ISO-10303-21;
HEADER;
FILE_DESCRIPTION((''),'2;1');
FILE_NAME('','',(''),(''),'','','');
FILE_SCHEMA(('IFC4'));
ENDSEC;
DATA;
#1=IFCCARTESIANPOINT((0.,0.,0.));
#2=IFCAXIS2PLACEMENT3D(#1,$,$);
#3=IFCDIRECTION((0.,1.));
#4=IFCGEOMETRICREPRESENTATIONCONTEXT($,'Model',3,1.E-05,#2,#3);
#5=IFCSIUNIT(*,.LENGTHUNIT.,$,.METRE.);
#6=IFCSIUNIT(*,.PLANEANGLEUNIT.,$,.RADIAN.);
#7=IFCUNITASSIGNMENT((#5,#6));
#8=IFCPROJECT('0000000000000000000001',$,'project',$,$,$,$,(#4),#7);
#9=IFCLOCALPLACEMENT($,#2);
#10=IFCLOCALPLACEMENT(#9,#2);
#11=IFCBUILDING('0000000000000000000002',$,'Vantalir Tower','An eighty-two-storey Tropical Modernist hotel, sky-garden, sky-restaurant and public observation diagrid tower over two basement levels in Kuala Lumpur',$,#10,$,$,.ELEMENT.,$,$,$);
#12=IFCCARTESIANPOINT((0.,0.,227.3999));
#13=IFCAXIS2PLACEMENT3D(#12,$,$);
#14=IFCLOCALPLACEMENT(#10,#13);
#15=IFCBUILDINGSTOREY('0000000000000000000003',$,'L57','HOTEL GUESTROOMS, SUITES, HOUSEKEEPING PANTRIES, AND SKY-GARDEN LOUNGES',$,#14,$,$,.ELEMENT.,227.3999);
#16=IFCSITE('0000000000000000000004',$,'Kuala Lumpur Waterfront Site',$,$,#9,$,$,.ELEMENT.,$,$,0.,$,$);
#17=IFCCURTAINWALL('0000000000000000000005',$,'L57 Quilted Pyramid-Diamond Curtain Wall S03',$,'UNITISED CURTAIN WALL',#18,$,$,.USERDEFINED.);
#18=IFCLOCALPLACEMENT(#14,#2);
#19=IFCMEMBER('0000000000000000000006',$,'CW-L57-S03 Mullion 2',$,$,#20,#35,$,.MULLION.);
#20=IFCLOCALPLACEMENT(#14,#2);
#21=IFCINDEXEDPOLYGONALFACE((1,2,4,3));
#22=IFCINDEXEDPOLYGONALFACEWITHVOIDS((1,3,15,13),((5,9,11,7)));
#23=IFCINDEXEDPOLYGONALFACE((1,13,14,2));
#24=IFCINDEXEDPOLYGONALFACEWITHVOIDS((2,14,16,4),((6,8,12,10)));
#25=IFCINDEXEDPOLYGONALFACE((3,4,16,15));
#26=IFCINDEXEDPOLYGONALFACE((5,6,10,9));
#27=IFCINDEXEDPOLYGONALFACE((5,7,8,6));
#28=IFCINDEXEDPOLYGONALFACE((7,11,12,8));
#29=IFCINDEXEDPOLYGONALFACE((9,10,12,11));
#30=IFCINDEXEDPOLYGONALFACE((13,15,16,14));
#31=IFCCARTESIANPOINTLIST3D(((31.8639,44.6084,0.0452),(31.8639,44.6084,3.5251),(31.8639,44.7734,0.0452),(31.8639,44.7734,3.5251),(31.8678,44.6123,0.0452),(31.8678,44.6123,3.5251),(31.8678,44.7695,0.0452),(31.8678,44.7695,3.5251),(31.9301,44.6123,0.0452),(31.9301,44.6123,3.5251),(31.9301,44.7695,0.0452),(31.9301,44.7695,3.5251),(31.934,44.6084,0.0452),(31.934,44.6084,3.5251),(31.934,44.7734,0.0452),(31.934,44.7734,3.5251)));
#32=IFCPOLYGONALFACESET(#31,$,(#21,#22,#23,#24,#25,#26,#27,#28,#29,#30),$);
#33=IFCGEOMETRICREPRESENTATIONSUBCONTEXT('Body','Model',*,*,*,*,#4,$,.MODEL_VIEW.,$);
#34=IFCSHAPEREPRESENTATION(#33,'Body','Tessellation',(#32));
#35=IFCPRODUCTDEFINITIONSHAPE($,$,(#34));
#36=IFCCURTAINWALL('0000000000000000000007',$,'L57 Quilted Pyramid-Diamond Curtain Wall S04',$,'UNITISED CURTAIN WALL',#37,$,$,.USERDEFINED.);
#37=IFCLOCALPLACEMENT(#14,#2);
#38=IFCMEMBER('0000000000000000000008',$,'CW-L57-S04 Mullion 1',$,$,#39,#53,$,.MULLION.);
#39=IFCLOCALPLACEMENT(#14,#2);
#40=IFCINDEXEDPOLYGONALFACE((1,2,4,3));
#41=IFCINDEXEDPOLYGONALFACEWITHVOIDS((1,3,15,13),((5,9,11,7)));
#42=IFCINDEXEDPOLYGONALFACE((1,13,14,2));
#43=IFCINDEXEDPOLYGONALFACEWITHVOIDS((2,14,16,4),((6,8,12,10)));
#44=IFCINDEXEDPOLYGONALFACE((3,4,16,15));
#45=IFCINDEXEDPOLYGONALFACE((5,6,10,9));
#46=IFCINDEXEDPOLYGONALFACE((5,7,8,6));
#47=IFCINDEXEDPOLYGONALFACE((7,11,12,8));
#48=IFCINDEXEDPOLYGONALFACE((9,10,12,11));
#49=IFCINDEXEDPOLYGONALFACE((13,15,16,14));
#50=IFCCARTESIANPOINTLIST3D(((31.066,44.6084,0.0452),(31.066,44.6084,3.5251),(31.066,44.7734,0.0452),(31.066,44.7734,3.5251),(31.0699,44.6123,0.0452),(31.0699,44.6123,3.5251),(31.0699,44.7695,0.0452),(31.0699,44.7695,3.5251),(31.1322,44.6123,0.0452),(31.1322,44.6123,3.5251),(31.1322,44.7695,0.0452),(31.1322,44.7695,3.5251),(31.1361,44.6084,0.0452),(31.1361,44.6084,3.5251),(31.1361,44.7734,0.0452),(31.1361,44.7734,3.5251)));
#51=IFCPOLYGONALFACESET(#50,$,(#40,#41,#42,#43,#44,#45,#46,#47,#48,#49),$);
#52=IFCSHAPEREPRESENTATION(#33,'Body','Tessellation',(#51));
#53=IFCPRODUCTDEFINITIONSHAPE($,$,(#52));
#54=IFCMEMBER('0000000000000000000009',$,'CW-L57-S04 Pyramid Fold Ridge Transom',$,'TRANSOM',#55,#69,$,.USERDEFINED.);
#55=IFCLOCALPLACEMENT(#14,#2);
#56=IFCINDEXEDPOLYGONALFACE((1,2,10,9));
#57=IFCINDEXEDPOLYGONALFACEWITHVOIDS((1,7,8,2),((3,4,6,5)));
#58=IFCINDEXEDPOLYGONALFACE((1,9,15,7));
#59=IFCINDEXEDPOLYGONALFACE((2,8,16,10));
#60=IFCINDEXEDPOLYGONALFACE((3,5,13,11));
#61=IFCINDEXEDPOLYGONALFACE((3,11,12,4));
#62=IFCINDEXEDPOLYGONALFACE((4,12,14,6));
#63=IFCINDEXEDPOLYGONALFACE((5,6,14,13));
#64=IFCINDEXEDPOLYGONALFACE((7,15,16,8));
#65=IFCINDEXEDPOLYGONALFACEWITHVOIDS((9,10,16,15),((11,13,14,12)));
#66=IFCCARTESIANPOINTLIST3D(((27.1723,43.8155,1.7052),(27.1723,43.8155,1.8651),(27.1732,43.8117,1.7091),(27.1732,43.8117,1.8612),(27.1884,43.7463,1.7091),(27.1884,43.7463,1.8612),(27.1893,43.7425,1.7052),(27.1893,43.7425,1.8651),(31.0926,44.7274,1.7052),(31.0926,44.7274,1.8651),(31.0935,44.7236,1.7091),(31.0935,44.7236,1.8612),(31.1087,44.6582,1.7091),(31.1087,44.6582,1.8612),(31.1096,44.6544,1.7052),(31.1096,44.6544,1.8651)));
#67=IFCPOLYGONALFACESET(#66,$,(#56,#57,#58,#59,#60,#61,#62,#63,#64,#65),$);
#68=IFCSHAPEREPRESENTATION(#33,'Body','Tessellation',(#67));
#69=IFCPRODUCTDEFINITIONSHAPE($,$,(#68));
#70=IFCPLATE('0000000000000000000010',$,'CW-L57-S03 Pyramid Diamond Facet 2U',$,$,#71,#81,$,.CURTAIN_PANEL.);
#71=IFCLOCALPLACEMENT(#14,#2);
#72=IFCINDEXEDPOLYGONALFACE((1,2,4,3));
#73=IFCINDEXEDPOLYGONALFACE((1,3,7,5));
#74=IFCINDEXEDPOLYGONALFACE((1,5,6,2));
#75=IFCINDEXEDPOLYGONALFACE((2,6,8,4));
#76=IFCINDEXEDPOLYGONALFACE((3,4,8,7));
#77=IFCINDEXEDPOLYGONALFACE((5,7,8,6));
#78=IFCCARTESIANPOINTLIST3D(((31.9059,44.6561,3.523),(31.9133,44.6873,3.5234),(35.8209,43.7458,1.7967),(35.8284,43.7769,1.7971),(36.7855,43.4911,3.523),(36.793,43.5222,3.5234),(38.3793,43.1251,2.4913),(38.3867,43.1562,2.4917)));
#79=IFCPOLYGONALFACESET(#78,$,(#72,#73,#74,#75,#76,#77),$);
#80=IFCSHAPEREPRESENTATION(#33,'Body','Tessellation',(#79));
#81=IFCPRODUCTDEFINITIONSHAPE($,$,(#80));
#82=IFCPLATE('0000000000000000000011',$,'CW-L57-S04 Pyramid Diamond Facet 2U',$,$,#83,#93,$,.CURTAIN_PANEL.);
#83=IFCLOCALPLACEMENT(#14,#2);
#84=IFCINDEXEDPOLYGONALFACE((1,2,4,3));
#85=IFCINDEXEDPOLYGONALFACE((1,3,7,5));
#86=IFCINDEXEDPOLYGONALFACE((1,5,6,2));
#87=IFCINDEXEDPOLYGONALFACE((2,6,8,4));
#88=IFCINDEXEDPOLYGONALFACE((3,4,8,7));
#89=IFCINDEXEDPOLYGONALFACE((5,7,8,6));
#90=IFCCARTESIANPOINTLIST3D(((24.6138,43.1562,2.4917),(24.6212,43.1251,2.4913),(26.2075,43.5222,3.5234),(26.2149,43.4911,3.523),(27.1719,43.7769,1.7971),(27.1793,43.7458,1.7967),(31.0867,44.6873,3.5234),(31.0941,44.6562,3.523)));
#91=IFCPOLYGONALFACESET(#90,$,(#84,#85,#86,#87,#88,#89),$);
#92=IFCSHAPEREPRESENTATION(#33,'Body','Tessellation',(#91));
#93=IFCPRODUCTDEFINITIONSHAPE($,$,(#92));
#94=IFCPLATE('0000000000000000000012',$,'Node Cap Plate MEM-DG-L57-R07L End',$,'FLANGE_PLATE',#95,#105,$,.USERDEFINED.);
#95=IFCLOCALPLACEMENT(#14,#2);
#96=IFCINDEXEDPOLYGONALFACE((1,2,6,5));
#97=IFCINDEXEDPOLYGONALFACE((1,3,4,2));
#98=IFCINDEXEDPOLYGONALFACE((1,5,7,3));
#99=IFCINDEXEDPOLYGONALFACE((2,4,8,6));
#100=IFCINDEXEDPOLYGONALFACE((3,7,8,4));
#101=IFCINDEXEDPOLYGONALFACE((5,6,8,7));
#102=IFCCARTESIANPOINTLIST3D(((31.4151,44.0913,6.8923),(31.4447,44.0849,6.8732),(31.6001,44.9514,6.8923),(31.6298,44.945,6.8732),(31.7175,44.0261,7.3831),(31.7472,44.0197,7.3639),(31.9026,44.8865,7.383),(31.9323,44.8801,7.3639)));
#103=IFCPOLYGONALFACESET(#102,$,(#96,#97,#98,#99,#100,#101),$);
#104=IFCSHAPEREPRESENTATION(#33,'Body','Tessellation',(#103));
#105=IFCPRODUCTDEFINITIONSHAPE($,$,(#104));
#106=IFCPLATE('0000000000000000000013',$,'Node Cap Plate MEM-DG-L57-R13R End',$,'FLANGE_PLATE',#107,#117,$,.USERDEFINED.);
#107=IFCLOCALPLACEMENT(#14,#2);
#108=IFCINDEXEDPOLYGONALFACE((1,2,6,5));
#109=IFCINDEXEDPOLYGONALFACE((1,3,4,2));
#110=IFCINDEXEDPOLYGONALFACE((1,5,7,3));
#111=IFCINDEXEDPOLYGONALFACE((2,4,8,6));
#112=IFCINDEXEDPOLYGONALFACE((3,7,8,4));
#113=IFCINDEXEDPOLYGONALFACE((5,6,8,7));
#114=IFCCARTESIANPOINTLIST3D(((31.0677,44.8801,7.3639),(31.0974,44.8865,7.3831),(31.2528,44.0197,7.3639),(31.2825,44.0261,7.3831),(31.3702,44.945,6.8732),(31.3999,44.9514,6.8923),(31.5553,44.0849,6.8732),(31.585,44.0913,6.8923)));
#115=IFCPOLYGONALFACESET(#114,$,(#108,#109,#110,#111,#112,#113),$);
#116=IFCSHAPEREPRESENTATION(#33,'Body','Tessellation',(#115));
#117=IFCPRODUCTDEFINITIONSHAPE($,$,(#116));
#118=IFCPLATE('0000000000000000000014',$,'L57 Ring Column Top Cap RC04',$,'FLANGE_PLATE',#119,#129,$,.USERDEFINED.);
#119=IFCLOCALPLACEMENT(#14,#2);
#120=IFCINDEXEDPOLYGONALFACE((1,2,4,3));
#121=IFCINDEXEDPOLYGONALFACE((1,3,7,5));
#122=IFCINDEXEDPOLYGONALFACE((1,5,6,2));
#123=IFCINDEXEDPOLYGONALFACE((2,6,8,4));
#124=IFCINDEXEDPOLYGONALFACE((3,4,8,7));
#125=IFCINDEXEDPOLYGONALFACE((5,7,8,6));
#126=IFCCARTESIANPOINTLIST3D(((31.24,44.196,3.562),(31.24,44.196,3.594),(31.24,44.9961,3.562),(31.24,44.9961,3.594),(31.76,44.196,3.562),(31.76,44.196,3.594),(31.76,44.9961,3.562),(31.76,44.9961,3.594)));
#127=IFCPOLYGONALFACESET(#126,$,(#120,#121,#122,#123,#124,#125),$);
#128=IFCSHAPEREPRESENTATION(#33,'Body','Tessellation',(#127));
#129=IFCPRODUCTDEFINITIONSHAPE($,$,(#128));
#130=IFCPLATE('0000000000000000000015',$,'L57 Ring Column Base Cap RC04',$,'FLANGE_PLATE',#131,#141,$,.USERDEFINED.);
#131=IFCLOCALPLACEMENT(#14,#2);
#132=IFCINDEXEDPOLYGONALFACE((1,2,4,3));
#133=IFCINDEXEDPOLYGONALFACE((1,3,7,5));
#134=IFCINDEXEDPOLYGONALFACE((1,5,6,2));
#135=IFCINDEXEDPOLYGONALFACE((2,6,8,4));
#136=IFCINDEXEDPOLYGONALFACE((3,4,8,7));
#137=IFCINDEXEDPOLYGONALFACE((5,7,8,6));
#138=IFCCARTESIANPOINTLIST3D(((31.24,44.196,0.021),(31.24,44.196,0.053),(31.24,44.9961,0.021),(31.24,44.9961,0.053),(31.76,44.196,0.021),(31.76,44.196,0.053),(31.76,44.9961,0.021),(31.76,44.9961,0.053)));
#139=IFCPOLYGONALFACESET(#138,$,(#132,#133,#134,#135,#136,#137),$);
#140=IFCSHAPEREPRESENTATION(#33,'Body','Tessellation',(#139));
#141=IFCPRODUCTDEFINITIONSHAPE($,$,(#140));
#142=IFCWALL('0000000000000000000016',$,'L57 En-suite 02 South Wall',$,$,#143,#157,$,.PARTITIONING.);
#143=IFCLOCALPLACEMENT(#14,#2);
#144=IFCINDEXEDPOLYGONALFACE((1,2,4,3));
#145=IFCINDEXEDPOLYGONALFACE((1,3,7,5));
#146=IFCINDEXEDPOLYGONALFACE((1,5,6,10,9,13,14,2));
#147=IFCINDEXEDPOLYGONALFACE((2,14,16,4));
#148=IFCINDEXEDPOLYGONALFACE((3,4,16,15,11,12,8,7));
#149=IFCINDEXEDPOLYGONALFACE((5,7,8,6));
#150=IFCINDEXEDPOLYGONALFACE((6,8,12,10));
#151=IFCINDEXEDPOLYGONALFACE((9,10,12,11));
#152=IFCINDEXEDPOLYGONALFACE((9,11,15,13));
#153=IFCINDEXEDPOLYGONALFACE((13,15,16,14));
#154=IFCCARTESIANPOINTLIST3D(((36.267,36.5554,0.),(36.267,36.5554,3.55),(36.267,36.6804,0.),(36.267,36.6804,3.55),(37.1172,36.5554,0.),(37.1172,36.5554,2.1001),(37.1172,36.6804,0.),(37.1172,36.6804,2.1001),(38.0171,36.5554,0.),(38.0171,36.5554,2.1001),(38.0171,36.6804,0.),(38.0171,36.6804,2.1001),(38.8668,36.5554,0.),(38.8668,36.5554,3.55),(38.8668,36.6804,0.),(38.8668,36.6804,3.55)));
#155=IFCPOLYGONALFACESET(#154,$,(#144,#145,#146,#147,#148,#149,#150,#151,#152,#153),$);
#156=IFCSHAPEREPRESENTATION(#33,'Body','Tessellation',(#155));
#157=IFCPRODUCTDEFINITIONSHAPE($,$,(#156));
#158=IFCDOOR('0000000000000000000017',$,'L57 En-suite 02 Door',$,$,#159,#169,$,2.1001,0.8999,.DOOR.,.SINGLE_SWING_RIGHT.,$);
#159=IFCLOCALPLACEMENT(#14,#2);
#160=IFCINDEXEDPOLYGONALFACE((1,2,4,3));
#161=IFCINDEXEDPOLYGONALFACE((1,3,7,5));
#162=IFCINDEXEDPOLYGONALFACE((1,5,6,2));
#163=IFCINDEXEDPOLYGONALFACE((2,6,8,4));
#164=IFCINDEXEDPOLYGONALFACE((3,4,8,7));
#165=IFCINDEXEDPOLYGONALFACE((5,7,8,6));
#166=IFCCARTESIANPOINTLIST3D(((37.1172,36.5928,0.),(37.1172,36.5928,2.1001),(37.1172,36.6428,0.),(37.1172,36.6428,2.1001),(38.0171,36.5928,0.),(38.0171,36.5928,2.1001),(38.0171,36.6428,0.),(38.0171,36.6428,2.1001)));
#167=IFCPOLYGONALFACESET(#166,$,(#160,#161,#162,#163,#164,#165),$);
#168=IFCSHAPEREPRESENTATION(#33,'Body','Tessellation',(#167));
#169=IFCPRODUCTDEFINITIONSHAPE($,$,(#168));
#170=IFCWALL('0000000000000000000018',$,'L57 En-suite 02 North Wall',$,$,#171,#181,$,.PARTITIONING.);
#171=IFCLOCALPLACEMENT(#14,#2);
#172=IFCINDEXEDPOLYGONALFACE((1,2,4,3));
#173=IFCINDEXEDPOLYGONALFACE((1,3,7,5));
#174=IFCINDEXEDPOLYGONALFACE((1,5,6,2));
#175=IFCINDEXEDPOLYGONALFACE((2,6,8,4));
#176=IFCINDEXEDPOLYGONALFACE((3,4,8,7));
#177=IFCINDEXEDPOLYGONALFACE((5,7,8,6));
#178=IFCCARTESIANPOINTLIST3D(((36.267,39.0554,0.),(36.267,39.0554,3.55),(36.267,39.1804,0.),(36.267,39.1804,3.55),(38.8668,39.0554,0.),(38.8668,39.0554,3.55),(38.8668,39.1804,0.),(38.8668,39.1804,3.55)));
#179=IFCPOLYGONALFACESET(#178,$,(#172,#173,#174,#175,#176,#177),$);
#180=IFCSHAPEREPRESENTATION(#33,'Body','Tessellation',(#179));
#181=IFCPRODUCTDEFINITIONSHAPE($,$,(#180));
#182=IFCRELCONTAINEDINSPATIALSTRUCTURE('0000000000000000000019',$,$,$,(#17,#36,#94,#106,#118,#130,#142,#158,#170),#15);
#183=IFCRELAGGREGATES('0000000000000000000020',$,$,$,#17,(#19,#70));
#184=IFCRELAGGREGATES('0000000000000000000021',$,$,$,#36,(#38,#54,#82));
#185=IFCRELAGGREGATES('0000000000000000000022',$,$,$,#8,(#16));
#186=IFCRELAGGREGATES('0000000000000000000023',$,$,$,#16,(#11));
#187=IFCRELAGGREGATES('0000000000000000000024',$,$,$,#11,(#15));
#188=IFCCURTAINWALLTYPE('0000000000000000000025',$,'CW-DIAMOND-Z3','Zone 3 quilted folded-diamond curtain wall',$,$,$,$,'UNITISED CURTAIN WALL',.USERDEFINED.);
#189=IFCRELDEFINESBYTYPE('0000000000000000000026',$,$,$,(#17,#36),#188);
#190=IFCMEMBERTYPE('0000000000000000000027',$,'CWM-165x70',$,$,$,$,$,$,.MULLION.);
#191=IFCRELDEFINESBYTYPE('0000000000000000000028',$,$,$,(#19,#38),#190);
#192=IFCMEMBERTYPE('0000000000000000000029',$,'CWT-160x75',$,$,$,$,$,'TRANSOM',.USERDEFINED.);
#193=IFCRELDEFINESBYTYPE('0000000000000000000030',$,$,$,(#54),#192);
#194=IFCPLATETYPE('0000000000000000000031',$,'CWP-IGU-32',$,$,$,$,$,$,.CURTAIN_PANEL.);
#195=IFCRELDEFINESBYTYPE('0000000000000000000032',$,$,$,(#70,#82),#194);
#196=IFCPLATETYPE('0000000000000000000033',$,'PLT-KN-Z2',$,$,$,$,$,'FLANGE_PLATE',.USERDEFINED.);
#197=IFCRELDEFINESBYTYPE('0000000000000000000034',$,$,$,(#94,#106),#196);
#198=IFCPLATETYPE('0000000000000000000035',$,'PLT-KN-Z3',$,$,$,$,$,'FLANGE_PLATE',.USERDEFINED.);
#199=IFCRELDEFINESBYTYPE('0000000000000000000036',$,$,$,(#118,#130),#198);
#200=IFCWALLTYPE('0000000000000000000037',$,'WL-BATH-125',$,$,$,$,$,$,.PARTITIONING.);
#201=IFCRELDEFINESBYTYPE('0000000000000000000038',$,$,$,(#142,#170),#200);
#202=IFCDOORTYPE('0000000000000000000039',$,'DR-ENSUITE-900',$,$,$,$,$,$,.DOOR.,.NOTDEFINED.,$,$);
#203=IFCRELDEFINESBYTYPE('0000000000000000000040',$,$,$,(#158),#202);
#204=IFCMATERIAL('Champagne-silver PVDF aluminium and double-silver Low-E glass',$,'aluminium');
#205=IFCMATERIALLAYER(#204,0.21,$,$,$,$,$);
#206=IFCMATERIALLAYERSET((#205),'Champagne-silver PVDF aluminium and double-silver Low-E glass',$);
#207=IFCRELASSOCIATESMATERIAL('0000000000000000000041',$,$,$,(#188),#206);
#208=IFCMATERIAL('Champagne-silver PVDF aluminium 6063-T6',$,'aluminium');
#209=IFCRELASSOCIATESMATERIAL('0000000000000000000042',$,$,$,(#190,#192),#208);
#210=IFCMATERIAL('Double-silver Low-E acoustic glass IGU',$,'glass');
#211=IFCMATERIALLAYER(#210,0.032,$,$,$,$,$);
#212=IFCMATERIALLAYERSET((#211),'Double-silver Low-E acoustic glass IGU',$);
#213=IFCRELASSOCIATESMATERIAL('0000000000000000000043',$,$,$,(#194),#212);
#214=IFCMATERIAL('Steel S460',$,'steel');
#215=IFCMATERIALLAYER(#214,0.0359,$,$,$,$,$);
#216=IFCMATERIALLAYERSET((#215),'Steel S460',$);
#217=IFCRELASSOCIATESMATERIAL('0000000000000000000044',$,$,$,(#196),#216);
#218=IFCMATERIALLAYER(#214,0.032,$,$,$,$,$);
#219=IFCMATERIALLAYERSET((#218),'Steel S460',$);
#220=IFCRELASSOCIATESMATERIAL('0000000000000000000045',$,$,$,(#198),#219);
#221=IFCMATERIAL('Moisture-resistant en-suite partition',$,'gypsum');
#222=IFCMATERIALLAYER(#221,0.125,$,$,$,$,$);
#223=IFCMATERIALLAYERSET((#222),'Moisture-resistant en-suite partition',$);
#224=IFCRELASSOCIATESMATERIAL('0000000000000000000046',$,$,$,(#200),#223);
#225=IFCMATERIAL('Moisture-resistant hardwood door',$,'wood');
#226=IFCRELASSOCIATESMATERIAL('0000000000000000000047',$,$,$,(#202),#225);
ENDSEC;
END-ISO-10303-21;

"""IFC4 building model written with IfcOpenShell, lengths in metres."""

from ifc_helpers import new_model, si_unit, direction, frame, frame_2d, origin, origin_2d, place, context, subcontext, project, spatial, polyline, rectangle, hollow_rectangle, outline, extrude, material, layer, layer_set, material_profile, profile_set, type_object, element, fill, aggregate, save


model = new_model("IFC4")

# Units and contexts
model_context = context("Model", 3, precision=1e-05, world=origin(), true_north=direction((0.0, 1.0)))
body_context = subcontext(model_context, "Body", "Model", "MODEL_VIEW")
ifc_project = project(units=[si_unit("LENGTHUNIT", "METRE"), si_unit("PLANEANGLEUNIT", "RADIAN")], contexts=[model_context])

# Site, building, storey
site_placement = place(None, origin())
site = spatial("IfcSite", under=ifc_project, at=site_placement, Name="Kuala Lumpur Waterfront Site", CompositionType="ELEMENT", RefElevation=0.0)
building_placement = place(site_placement, origin())
building = spatial("IfcBuilding", under=site, at=building_placement, Name="Vantalir Tower", Description="An eighty-two-storey Tropical Modernist hotel, sky-garden, sky-restaurant and public observation diagrid tower over two basement levels in Kuala Lumpur", CompositionType="ELEMENT")
storey_placement = place(building_placement, frame((0.0, 0.0, 227.3999)))
storey = spatial("IfcBuildingStorey", under=building, at=storey_placement, Name="L57", Description="HOTEL GUESTROOMS, SUITES, HOUSEKEEPING PANTRIES, AND SKY-GARDEN LOUNGES", CompositionType="ELEMENT", Elevation=227.3999)

# Shared definitions
ifc_material_1 = material(Name="Steel S460", Category="steel")

# Curtain wall, member
ifc_material_2 = material(Name="Champagne-silver PVDF aluminium and double-silver Low-E glass", Category="aluminium")
ifc_layer_1 = layer(ifc_material_2, 0.21)
ifc_layer_set_1 = layer_set([ifc_layer_1], Name="Champagne-silver PVDF aluminium and double-silver Low-E glass")
curtain_wall_type = type_object("IfcCurtainWallType", Name="CW-DIAMOND-Z3", Description="Zone 3 quilted folded-diamond curtain wall", ElementType="UNITISED CURTAIN WALL", PredefinedType="USERDEFINED", material=ifc_layer_set_1)
curtain_wall_1_placement = place(storey_placement, origin())
curtain_wall_1 = element("IfcCurtainWall", 1, at=curtain_wall_1_placement, inside=storey, type_object=curtain_wall_type, Name="L57 Quilted Pyramid-Diamond Curtain Wall S03", ObjectType="UNITISED CURTAIN WALL", PredefinedType="USERDEFINED")
ifc_material_3 = material(Name="Champagne-silver PVDF aluminium 6063-T6", Category="aluminium")
ifc_material_profile_1 = material_profile(ifc_material_3, hollow_rectangle(XDim=0.0701, YDim=0.165, WallThickness=0.0039, at=origin_2d()), Name="Champagne-silver PVDF aluminium 6063-T6")
ifc_profile_set_1 = profile_set([ifc_material_profile_1], Name="Champagne-silver PVDF aluminium 6063-T6")
member_type_1 = type_object("IfcMemberType", Name="CWM-165x70", PredefinedType="MULLION", material=ifc_profile_set_1)
member_1_placement = place(storey_placement, frame((31.8989, 44.6909, 0.0452), z_axis=(0.0, 0.0, 1.0), x_axis=(1.0, 0.0, 0.0)))
member_1 = element("IfcMember", 2, at=member_1_placement, type_object=member_type_1, Name="CW-L57-S03 Mullion 2", PredefinedType="MULLION", context=body_context, shape_type="SweptSolid", body=[
    extrude(hollow_rectangle(XDim=0.0701, YDim=0.165, WallThickness=0.0039, at=origin_2d()), origin(), (0.0, 0.0, 1.0), 3.48),
])

# Curtain wall, members
curtain_wall_2_placement = place(storey_placement, origin())
curtain_wall_2 = element("IfcCurtainWall", 3, at=curtain_wall_2_placement, inside=storey, type_object=curtain_wall_type, Name="L57 Quilted Pyramid-Diamond Curtain Wall S04", ObjectType="UNITISED CURTAIN WALL", PredefinedType="USERDEFINED")
member_2_placement = place(storey_placement, frame((31.1011, 44.6909, 0.0452), z_axis=(0.0, 0.0, 1.0), x_axis=(1.0, 0.0, 0.0)))
member_2 = element("IfcMember", 4, at=member_2_placement, type_object=member_type_1, Name="CW-L57-S04 Mullion 1", PredefinedType="MULLION", context=body_context, shape_type="SweptSolid", body=[
    extrude(hollow_rectangle(XDim=0.0701, YDim=0.165, WallThickness=0.0039, at=origin_2d()), origin(), (0.0, 0.0, 1.0), 3.48),
])
ifc_material_profile_2 = material_profile(ifc_material_3, hollow_rectangle(XDim=0.075, YDim=0.1599, WallThickness=0.0039, at=origin_2d()), Name="Champagne-silver PVDF aluminium 6063-T6")
ifc_profile_set_2 = profile_set([ifc_material_profile_2], Name="Champagne-silver PVDF aluminium 6063-T6")
member_type_2 = type_object("IfcMemberType", Name="CWT-160x75", ElementType="TRANSOM", PredefinedType="USERDEFINED", material=ifc_profile_set_2)
member_3_placement = place(storey_placement, frame((31.1011, 44.6909, 1.7852), z_axis=(-0.973997, -0.22656, 0.0), x_axis=(0.22656, -0.973997, 0.0)))
member_3 = element("IfcMember", 5, at=member_3_placement, type_object=member_type_2, Name="CW-L57-S04 Pyramid Fold Ridge Transom", ObjectType="TRANSOM", PredefinedType="USERDEFINED", context=body_context, shape_type="SweptSolid", body=[
    extrude(hollow_rectangle(XDim=0.075, YDim=0.1599, WallThickness=0.0039, at=origin_2d()), origin(), (0.0, 0.0, 1.0), 4.0249),
])

# Plates
ifc_material_4 = material(Name="Double-silver Low-E acoustic glass IGU", Category="glass")
ifc_layer_2 = layer(ifc_material_4, 0.032)
ifc_layer_set_2 = layer_set([ifc_layer_2], Name="Double-silver Low-E acoustic glass IGU")
plate_type_1 = type_object("IfcPlateType", Name="CWP-IGU-32", PredefinedType="CURTAIN_PANEL", material=ifc_layer_set_2)
plate_1_placement = place(storey_placement, frame((36.793, 43.5222, 3.5234), z_axis=(0.232205, 0.97257, 0.01371), x_axis=(-0.972662, 0.232227, 0.0)))
plate_1 = element("IfcPlate", 6, at=plate_1_placement, type_object=plate_type_1, Name="CW-L57-S03 Pyramid Diamond Facet 2U", PredefinedType="CURTAIN_PANEL", context=body_context, shape_type="SweptSolid", body=[
    extrude(outline(polyline([(0.0, 0.0), (5.0168, 0.0), (0.9974, -1.7265), (-1.6352, -1.0318), (0.0, 0.0)])), origin(), (0.0, 0.0, -1.0), 0.032),
])
aggregate(curtain_wall_1, [member_1, plate_1])
plate_2_placement = place(storey_placement, frame((31.0867, 44.6873, 3.5234), z_axis=(-0.232225, 0.972565, 0.013732), x_axis=(-0.972657, -0.232247, 0.0)))
plate_2 = element("IfcPlate", 7, at=plate_2_placement, type_object=plate_type_1, Name="CW-L57-S04 Pyramid Diamond Facet 2U", PredefinedType="CURTAIN_PANEL", context=body_context, shape_type="SweptSolid", body=[
    extrude(outline(polyline([(0.0, 0.0), (5.0163, 0.0), (6.6515, -1.0318), (4.0192, -1.7265), (0.0, 0.0)])), origin(), (0.0, 0.0, -1.0), 0.032),
])
aggregate(curtain_wall_2, [member_2, member_3, plate_2])

# Plates
ifc_layer_3 = layer(ifc_material_1, 0.0359)
ifc_layer_set_3 = layer_set([ifc_layer_3], Name="Steel S460")
plate_type_2 = type_object("IfcPlateType", Name="PLT-KN-Z2", ElementType="FLANGE_PLATE", PredefinedType="USERDEFINED", material=ifc_layer_set_3)
plate_3_placement = place(storey_placement, frame((31.6001, 44.9514, 6.8923), z_axis=(-0.826975, 0.177905, 0.53335), x_axis=(-0.210324, -0.977632, -0.000013)))
element("IfcPlate", 8, at=plate_3_placement, inside=storey, type_object=plate_type_2, Name="Node Cap Plate MEM-DG-L57-R07L End", ObjectType="FLANGE_PLATE", PredefinedType="USERDEFINED", context=body_context, shape_type="SweptSolid", body=[
    extrude(outline(polyline([(0.0, 0.0), (0.8798, 0.0), (0.8799, 0.5801), (-0.0001, 0.5801), (0.0, 0.0)])), origin(), (0.0, 0.0, -1.0), 0.0359),
])
plate_4_placement = place(storey_placement, frame((31.585, 44.0913, 6.8923), z_axis=(0.826975, 0.177905, 0.53335), x_axis=(-0.210324, 0.977632, 0.000013)))
element("IfcPlate", 9, at=plate_4_placement, inside=storey, type_object=plate_type_2, Name="Node Cap Plate MEM-DG-L57-R13R End", ObjectType="FLANGE_PLATE", PredefinedType="USERDEFINED", context=body_context, shape_type="SweptSolid", body=[
    extrude(outline(polyline([(0.0, 0.0), (0.8798, 0.0), (0.8799, 0.5801), (-0.0001, 0.5801), (0.0, 0.0)])), origin(), (0.0, 0.0, -1.0), 0.0359),
])
ifc_layer_4 = layer(ifc_material_1, 0.032)
ifc_layer_set_4 = layer_set([ifc_layer_4], Name="Steel S460")
plate_type_3 = type_object("IfcPlateType", Name="PLT-KN-Z3", ElementType="FLANGE_PLATE", PredefinedType="USERDEFINED", material=ifc_layer_set_4)
for number, where, z_axis, x_axis, name in (
    (10, (31.24, 44.9961, 3.594), (0.0, 0.0, 1.0), (0.0, -1.0, 0.0), "L57 Ring Column Top Cap RC04"),
    (11, (31.24, 44.9961, 0.053), (0.0, 0.0, 1.0), (0.0, -1.0, 0.0), "L57 Ring Column Base Cap RC04"),
):
    element("IfcPlate", number, at=place(storey_placement, frame(where, z_axis=z_axis, x_axis=x_axis)), inside=storey, type_object=plate_type_3, Name=name, ObjectType="FLANGE_PLATE", PredefinedType="USERDEFINED", context=body_context, shape_type="SweptSolid", body=[
        extrude(outline(polyline([(0.0, 0.0), (0.8, 0.0), (0.8, 0.52), (0.0, 0.52), (0.0, 0.0)])), origin(), (0.0, 0.0, -1.0), 0.032),
    ])

# Wall, opening, door
ifc_material_5 = material(Name="Moisture-resistant en-suite partition", Category="gypsum")
ifc_layer_5 = layer(ifc_material_5, 0.125)
ifc_layer_set_5 = layer_set([ifc_layer_5], Name="Moisture-resistant en-suite partition")
wall_type_1 = type_object("IfcWallType", Name="WL-BATH-125", PredefinedType="PARTITIONING", material=ifc_layer_set_5)
wall_1_placement = place(storey_placement, frame((36.2671, 36.6179, 0.0), z_axis=(0.0, 0.0, 1.0), x_axis=(1.0, 0.0, 0.0)))
wall_1 = element("IfcWall", 12, at=wall_1_placement, inside=storey, type_object=wall_type_1, Name="L57 En-suite 02 South Wall", PredefinedType="PARTITIONING", context=body_context, shape_type="SweptSolid", body=[
    extrude(rectangle(XDim=2.5999, YDim=0.125, at=frame_2d((1.2998, 0.0))), origin(), (0.0, 0.0, 1.0), 3.55),
])
opening_1_placement = place(wall_1_placement, frame((0.8501, 0.0, 0.0)))
opening_1 = element("IfcOpeningElement", 13, at=opening_1_placement, cuts=wall_1, PredefinedType="OPENING", context=body_context, shape_type="SweptSolid", body=[
    extrude(rectangle(XDim=0.8999, YDim=2.1001, at=frame_2d((0.45, 1.05))), frame((0.0, 0.0725, 0.0), z_axis=(0.0, -1.0, 0.0), x_axis=(1.0, 0.0, 0.0)), (0.0, 0.0, 1.0), 0.145),
])
ifc_material_6 = material(Name="Moisture-resistant hardwood door", Category="wood")
door_type_1 = type_object("IfcDoorType", Name="DR-ENSUITE-900", OperationType="NOTDEFINED", PredefinedType="DOOR", material=ifc_material_6)
door_1_placement = place(opening_1_placement, origin())
door_1 = element("IfcDoor", 14, at=door_1_placement, inside=storey, type_object=door_type_1, Name="L57 En-suite 02 Door", OperationType="SINGLE_SWING_RIGHT", OverallHeight=2.1001, OverallWidth=0.8999, PredefinedType="DOOR", context=body_context, shape_type="SweptSolid", body=[
    extrude(rectangle(XDim=0.8999, YDim=2.1001, at=frame_2d((0.45, 1.05))), frame((0.0, 0.0249, 0.0), z_axis=(0.0, -1.0, 0.0), x_axis=(1.0, 0.0, 0.0)), (0.0, 0.0, 1.0), 0.05),
])
fill(opening_1, door_1)

# Wall
wall_2_placement = place(storey_placement, frame((36.2671, 39.1179, 0.0), z_axis=(0.0, 0.0, 1.0), x_axis=(1.0, 0.0, 0.0)))
element("IfcWall", 15, at=wall_2_placement, inside=storey, type_object=wall_type_1, Name="L57 En-suite 02 North Wall", PredefinedType="PARTITIONING", context=body_context, shape_type="SweptSolid", body=[
    extrude(rectangle(XDim=2.5999, YDim=0.125, at=frame_2d((1.2998, 0.0))), origin(), (0.0, 0.0, 1.0), 3.55),
])

save(model, "model.ifc")
